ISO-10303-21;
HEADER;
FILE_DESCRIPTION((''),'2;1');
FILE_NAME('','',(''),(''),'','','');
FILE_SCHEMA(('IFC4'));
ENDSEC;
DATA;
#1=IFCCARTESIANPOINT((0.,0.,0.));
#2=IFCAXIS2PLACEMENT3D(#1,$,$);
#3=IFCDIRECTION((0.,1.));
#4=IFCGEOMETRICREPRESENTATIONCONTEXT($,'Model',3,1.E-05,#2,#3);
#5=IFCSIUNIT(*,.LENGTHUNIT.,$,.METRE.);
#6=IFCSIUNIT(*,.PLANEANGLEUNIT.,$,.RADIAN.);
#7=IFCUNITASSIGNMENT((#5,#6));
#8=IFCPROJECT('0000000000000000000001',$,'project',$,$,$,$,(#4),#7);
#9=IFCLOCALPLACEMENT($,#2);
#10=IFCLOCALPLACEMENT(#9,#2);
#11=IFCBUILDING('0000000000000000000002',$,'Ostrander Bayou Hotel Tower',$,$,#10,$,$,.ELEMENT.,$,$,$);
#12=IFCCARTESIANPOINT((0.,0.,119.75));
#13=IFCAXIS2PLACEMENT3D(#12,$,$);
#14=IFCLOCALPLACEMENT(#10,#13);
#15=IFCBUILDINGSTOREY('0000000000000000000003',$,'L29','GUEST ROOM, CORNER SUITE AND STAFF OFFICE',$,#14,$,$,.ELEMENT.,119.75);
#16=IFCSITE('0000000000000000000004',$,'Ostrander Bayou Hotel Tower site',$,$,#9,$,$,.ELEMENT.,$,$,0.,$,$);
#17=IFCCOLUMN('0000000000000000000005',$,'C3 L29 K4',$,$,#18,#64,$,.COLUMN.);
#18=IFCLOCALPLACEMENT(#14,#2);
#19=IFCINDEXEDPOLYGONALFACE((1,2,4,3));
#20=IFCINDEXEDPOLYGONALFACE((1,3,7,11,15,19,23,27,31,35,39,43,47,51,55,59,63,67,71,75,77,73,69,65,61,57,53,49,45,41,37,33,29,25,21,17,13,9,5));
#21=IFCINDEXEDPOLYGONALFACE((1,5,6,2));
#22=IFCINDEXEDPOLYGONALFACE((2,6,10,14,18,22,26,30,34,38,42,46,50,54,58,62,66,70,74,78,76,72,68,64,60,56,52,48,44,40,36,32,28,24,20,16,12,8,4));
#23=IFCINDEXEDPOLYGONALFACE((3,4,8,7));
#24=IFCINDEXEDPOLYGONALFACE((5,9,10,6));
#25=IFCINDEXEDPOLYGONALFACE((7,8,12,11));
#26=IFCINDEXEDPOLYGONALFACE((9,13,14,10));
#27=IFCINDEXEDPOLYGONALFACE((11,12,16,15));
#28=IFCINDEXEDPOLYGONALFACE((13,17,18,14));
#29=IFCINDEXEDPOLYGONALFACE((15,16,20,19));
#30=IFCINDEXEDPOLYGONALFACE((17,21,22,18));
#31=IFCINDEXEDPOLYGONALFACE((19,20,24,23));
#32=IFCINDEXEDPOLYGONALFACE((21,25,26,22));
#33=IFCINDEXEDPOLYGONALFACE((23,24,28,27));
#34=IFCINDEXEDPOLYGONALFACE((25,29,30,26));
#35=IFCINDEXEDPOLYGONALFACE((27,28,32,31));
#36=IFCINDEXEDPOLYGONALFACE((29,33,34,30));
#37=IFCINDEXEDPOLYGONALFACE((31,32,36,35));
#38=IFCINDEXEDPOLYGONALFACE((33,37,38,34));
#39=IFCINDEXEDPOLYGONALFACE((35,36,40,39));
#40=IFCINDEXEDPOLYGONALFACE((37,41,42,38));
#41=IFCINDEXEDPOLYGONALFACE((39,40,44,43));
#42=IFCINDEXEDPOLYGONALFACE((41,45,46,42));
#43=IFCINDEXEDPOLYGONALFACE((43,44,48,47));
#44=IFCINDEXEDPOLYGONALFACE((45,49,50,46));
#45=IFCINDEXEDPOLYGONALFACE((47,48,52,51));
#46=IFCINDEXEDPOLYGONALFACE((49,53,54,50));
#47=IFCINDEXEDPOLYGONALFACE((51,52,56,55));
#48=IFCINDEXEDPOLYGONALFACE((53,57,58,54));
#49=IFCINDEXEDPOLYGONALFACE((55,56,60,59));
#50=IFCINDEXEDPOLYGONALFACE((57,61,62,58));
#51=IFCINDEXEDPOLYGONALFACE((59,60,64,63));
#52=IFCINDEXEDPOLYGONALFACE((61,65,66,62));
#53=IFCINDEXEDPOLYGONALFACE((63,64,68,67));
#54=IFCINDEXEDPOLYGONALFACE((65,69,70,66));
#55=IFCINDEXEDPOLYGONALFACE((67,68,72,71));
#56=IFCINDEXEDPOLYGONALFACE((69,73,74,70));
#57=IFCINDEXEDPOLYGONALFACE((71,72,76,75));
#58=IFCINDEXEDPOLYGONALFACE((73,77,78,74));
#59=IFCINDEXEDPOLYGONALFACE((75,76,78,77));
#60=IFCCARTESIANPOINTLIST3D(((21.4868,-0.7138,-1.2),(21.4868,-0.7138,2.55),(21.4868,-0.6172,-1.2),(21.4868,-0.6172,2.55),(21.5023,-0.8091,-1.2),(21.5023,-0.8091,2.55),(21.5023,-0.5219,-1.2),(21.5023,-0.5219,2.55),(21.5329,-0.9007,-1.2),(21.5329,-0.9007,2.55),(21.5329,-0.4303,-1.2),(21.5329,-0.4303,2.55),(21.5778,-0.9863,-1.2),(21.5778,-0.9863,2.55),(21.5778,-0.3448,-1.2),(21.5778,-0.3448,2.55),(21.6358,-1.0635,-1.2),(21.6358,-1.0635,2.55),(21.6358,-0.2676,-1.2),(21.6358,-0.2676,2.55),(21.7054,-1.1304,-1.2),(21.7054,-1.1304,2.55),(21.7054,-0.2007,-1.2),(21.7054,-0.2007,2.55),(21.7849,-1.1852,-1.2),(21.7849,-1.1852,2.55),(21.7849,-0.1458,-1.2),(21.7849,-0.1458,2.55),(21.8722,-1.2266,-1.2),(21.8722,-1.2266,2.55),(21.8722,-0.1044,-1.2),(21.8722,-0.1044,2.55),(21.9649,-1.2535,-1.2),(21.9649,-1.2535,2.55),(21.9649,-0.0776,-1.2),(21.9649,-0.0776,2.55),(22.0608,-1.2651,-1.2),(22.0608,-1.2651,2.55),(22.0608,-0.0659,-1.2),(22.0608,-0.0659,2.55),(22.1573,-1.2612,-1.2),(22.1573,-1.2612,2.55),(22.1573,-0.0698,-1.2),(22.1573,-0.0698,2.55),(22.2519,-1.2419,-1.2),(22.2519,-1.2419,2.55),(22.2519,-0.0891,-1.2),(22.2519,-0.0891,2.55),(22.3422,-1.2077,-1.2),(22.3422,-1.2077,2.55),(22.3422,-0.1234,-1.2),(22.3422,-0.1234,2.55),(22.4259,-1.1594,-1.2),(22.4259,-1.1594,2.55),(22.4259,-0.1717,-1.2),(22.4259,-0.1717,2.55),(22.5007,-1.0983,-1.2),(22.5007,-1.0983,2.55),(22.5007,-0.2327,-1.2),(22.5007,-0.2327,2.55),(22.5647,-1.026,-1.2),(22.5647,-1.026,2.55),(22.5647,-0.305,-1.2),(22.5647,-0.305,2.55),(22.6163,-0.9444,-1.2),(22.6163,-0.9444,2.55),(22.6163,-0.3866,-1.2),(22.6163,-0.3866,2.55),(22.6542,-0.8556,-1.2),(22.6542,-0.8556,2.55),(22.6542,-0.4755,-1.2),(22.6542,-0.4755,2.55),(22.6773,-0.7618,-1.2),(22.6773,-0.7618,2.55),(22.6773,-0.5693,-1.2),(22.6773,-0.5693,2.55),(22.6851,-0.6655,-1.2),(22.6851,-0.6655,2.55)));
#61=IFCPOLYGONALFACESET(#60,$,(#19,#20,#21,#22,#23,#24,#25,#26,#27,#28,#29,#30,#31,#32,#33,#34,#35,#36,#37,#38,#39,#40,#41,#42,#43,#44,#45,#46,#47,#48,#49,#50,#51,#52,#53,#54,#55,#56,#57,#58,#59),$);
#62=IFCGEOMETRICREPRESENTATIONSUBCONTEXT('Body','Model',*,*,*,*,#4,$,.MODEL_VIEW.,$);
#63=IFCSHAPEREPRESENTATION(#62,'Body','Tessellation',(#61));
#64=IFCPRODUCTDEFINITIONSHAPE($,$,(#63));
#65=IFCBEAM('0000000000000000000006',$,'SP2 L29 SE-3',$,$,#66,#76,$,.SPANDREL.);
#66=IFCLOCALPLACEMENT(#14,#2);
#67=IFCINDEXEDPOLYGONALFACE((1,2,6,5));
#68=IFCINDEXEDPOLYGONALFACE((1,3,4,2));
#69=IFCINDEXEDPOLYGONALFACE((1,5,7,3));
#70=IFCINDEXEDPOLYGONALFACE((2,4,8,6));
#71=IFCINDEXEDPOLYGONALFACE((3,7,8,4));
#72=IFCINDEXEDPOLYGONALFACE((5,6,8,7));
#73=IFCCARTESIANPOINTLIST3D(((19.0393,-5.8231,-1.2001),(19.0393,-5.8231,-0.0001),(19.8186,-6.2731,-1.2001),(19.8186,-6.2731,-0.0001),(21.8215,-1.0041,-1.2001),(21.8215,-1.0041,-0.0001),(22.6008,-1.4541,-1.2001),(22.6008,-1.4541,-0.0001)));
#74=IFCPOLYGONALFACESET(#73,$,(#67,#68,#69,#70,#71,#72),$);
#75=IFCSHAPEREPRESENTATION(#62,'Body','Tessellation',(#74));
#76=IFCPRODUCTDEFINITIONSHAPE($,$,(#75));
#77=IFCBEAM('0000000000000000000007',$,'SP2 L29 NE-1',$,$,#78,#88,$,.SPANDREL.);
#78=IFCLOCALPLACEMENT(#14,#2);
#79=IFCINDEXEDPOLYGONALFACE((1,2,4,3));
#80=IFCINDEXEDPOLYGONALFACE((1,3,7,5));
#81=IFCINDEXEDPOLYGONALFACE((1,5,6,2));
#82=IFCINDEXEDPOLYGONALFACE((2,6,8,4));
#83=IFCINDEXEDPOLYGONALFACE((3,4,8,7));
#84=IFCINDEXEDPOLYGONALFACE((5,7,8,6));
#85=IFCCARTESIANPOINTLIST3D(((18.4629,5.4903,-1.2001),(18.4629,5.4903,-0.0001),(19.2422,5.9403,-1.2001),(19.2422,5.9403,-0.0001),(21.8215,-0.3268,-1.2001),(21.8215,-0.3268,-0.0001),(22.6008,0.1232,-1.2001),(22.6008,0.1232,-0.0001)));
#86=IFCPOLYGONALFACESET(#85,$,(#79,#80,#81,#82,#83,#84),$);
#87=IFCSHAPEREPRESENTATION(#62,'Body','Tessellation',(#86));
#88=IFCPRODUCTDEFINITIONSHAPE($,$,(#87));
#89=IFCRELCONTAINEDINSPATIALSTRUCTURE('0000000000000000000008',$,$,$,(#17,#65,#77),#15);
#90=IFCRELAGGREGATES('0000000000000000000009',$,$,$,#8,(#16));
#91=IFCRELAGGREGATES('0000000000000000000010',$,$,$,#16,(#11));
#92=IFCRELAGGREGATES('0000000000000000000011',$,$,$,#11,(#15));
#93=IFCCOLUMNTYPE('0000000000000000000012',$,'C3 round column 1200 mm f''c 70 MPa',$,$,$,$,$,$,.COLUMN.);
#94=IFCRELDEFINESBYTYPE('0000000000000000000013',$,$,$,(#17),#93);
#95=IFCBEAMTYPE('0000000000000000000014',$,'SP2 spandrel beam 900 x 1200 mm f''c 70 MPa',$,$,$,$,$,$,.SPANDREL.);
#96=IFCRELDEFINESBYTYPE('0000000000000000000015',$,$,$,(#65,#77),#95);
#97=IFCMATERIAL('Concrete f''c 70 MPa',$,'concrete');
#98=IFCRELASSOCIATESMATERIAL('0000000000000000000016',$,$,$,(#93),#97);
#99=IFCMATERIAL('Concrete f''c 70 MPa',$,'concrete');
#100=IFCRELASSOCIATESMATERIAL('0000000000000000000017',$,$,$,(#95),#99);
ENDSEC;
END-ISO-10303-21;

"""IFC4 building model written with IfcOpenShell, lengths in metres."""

from ifc_helpers import new_model, si_unit, direction, frame, origin, origin_2d, place, context, subcontext, project, spatial, rectangle, circle, extrude, material, material_profile, profile_set, type_object, element, save


model = new_model("IFC4")

# Units and contexts
model_context = context("Model", 3, precision=1e-05, world=origin(), true_north=direction((0.0, 1.0)))
body_context = subcontext(model_context, "Body", "Model", "MODEL_VIEW")
ifc_project = project(units=[si_unit("LENGTHUNIT", "METRE"), si_unit("PLANEANGLEUNIT", "RADIAN")], contexts=[model_context])

# Site, building, storey
site_placement = place(None, origin())
site = spatial("IfcSite", under=ifc_project, at=site_placement, Name="Ostrander Bayou Hotel Tower site", CompositionType="ELEMENT", RefElevation=0.0)
building_placement = place(site_placement, origin())
building = spatial("IfcBuilding", under=site, at=building_placement, Name="Ostrander Bayou Hotel Tower", CompositionType="ELEMENT")
storey_placement = place(building_placement, frame((0.0, 0.0, 119.75)))
storey = spatial("IfcBuildingStorey", under=building, at=storey_placement, Name="L29", Description="GUEST ROOM, CORNER SUITE AND STAFF OFFICE", CompositionType="ELEMENT", Elevation=119.75)

# Column
ifc_material_1 = material(Name="Concrete f'c 70 MPa", Category="concrete")
ifc_material_profile_1 = material_profile(ifc_material_1, circle(Radius=0.6001, at=origin_2d()))
ifc_profile_set_1 = profile_set([ifc_material_profile_1], Name="Concrete f'c 70 MPa")
column_type = type_object("IfcColumnType", Name="C3 round column 1200 mm f'c 70 MPa", PredefinedType="COLUMN", material=ifc_profile_set_1)
column_placement = place(storey_placement, frame((22.085, -0.6655, -1.2), z_axis=(0.0, 0.0, 1.0), x_axis=(1.0, 0.0, 0.0)))
element("IfcColumn", 1, at=column_placement, inside=storey, type_object=column_type, Name="C3 L29 K4", PredefinedType="COLUMN", context=body_context, shape_type="SweptSolid", body=[
    extrude(circle(Radius=0.6001, at=origin_2d()), origin(), (0.0, 0.0, 1.0), 3.75),
])

# Beams
ifc_material_2 = material(Name="Concrete f'c 70 MPa", Category="concrete")
ifc_material_profile_2 = material_profile(ifc_material_2, rectangle(XDim=0.8999, YDim=1.2, at=origin_2d()))
ifc_profile_set_2 = profile_set([ifc_material_profile_2], Name="Concrete f'c 70 MPa")
beam_type = type_object("IfcBeamType", Name="SP2 spandrel beam 900 x 1200 mm f'c 70 MPa", PredefinedType="SPANDREL", material=ifc_profile_set_2)
beam_1_placement = place(storey_placement, frame((19.429, -6.0481, -0.6001), z_axis=(0.49999, 0.866031, 0.0), x_axis=(-0.866031, 0.49999, 0.0)))
element("IfcBeam", 2, at=beam_1_placement, inside=storey, type_object=beam_type, Name="SP2 L29 SE-3", PredefinedType="SPANDREL", context=body_context, shape_type="SweptSolid", body=[
    extrude(rectangle(XDim=0.8999, YDim=1.2, at=origin_2d()), origin(), (0.0, 0.0, 1.0), 5.5645),
])
beam_2_placement = place(storey_placement, frame((22.2112, -0.1018, -0.6001), z_axis=(-0.500013, 0.866018, 0.0), x_axis=(-0.866018, -0.500013, 0.0)))
element("IfcBeam", 3, at=beam_2_placement, inside=storey, type_object=beam_type, Name="SP2 L29 NE-1", PredefinedType="SPANDREL", context=body_context, shape_type="SweptSolid", body=[
    extrude(rectangle(XDim=0.8999, YDim=1.2, at=origin_2d()), origin(), (0.0, 0.0, 1.0), 6.717),
])

save(model, "model.ifc")
